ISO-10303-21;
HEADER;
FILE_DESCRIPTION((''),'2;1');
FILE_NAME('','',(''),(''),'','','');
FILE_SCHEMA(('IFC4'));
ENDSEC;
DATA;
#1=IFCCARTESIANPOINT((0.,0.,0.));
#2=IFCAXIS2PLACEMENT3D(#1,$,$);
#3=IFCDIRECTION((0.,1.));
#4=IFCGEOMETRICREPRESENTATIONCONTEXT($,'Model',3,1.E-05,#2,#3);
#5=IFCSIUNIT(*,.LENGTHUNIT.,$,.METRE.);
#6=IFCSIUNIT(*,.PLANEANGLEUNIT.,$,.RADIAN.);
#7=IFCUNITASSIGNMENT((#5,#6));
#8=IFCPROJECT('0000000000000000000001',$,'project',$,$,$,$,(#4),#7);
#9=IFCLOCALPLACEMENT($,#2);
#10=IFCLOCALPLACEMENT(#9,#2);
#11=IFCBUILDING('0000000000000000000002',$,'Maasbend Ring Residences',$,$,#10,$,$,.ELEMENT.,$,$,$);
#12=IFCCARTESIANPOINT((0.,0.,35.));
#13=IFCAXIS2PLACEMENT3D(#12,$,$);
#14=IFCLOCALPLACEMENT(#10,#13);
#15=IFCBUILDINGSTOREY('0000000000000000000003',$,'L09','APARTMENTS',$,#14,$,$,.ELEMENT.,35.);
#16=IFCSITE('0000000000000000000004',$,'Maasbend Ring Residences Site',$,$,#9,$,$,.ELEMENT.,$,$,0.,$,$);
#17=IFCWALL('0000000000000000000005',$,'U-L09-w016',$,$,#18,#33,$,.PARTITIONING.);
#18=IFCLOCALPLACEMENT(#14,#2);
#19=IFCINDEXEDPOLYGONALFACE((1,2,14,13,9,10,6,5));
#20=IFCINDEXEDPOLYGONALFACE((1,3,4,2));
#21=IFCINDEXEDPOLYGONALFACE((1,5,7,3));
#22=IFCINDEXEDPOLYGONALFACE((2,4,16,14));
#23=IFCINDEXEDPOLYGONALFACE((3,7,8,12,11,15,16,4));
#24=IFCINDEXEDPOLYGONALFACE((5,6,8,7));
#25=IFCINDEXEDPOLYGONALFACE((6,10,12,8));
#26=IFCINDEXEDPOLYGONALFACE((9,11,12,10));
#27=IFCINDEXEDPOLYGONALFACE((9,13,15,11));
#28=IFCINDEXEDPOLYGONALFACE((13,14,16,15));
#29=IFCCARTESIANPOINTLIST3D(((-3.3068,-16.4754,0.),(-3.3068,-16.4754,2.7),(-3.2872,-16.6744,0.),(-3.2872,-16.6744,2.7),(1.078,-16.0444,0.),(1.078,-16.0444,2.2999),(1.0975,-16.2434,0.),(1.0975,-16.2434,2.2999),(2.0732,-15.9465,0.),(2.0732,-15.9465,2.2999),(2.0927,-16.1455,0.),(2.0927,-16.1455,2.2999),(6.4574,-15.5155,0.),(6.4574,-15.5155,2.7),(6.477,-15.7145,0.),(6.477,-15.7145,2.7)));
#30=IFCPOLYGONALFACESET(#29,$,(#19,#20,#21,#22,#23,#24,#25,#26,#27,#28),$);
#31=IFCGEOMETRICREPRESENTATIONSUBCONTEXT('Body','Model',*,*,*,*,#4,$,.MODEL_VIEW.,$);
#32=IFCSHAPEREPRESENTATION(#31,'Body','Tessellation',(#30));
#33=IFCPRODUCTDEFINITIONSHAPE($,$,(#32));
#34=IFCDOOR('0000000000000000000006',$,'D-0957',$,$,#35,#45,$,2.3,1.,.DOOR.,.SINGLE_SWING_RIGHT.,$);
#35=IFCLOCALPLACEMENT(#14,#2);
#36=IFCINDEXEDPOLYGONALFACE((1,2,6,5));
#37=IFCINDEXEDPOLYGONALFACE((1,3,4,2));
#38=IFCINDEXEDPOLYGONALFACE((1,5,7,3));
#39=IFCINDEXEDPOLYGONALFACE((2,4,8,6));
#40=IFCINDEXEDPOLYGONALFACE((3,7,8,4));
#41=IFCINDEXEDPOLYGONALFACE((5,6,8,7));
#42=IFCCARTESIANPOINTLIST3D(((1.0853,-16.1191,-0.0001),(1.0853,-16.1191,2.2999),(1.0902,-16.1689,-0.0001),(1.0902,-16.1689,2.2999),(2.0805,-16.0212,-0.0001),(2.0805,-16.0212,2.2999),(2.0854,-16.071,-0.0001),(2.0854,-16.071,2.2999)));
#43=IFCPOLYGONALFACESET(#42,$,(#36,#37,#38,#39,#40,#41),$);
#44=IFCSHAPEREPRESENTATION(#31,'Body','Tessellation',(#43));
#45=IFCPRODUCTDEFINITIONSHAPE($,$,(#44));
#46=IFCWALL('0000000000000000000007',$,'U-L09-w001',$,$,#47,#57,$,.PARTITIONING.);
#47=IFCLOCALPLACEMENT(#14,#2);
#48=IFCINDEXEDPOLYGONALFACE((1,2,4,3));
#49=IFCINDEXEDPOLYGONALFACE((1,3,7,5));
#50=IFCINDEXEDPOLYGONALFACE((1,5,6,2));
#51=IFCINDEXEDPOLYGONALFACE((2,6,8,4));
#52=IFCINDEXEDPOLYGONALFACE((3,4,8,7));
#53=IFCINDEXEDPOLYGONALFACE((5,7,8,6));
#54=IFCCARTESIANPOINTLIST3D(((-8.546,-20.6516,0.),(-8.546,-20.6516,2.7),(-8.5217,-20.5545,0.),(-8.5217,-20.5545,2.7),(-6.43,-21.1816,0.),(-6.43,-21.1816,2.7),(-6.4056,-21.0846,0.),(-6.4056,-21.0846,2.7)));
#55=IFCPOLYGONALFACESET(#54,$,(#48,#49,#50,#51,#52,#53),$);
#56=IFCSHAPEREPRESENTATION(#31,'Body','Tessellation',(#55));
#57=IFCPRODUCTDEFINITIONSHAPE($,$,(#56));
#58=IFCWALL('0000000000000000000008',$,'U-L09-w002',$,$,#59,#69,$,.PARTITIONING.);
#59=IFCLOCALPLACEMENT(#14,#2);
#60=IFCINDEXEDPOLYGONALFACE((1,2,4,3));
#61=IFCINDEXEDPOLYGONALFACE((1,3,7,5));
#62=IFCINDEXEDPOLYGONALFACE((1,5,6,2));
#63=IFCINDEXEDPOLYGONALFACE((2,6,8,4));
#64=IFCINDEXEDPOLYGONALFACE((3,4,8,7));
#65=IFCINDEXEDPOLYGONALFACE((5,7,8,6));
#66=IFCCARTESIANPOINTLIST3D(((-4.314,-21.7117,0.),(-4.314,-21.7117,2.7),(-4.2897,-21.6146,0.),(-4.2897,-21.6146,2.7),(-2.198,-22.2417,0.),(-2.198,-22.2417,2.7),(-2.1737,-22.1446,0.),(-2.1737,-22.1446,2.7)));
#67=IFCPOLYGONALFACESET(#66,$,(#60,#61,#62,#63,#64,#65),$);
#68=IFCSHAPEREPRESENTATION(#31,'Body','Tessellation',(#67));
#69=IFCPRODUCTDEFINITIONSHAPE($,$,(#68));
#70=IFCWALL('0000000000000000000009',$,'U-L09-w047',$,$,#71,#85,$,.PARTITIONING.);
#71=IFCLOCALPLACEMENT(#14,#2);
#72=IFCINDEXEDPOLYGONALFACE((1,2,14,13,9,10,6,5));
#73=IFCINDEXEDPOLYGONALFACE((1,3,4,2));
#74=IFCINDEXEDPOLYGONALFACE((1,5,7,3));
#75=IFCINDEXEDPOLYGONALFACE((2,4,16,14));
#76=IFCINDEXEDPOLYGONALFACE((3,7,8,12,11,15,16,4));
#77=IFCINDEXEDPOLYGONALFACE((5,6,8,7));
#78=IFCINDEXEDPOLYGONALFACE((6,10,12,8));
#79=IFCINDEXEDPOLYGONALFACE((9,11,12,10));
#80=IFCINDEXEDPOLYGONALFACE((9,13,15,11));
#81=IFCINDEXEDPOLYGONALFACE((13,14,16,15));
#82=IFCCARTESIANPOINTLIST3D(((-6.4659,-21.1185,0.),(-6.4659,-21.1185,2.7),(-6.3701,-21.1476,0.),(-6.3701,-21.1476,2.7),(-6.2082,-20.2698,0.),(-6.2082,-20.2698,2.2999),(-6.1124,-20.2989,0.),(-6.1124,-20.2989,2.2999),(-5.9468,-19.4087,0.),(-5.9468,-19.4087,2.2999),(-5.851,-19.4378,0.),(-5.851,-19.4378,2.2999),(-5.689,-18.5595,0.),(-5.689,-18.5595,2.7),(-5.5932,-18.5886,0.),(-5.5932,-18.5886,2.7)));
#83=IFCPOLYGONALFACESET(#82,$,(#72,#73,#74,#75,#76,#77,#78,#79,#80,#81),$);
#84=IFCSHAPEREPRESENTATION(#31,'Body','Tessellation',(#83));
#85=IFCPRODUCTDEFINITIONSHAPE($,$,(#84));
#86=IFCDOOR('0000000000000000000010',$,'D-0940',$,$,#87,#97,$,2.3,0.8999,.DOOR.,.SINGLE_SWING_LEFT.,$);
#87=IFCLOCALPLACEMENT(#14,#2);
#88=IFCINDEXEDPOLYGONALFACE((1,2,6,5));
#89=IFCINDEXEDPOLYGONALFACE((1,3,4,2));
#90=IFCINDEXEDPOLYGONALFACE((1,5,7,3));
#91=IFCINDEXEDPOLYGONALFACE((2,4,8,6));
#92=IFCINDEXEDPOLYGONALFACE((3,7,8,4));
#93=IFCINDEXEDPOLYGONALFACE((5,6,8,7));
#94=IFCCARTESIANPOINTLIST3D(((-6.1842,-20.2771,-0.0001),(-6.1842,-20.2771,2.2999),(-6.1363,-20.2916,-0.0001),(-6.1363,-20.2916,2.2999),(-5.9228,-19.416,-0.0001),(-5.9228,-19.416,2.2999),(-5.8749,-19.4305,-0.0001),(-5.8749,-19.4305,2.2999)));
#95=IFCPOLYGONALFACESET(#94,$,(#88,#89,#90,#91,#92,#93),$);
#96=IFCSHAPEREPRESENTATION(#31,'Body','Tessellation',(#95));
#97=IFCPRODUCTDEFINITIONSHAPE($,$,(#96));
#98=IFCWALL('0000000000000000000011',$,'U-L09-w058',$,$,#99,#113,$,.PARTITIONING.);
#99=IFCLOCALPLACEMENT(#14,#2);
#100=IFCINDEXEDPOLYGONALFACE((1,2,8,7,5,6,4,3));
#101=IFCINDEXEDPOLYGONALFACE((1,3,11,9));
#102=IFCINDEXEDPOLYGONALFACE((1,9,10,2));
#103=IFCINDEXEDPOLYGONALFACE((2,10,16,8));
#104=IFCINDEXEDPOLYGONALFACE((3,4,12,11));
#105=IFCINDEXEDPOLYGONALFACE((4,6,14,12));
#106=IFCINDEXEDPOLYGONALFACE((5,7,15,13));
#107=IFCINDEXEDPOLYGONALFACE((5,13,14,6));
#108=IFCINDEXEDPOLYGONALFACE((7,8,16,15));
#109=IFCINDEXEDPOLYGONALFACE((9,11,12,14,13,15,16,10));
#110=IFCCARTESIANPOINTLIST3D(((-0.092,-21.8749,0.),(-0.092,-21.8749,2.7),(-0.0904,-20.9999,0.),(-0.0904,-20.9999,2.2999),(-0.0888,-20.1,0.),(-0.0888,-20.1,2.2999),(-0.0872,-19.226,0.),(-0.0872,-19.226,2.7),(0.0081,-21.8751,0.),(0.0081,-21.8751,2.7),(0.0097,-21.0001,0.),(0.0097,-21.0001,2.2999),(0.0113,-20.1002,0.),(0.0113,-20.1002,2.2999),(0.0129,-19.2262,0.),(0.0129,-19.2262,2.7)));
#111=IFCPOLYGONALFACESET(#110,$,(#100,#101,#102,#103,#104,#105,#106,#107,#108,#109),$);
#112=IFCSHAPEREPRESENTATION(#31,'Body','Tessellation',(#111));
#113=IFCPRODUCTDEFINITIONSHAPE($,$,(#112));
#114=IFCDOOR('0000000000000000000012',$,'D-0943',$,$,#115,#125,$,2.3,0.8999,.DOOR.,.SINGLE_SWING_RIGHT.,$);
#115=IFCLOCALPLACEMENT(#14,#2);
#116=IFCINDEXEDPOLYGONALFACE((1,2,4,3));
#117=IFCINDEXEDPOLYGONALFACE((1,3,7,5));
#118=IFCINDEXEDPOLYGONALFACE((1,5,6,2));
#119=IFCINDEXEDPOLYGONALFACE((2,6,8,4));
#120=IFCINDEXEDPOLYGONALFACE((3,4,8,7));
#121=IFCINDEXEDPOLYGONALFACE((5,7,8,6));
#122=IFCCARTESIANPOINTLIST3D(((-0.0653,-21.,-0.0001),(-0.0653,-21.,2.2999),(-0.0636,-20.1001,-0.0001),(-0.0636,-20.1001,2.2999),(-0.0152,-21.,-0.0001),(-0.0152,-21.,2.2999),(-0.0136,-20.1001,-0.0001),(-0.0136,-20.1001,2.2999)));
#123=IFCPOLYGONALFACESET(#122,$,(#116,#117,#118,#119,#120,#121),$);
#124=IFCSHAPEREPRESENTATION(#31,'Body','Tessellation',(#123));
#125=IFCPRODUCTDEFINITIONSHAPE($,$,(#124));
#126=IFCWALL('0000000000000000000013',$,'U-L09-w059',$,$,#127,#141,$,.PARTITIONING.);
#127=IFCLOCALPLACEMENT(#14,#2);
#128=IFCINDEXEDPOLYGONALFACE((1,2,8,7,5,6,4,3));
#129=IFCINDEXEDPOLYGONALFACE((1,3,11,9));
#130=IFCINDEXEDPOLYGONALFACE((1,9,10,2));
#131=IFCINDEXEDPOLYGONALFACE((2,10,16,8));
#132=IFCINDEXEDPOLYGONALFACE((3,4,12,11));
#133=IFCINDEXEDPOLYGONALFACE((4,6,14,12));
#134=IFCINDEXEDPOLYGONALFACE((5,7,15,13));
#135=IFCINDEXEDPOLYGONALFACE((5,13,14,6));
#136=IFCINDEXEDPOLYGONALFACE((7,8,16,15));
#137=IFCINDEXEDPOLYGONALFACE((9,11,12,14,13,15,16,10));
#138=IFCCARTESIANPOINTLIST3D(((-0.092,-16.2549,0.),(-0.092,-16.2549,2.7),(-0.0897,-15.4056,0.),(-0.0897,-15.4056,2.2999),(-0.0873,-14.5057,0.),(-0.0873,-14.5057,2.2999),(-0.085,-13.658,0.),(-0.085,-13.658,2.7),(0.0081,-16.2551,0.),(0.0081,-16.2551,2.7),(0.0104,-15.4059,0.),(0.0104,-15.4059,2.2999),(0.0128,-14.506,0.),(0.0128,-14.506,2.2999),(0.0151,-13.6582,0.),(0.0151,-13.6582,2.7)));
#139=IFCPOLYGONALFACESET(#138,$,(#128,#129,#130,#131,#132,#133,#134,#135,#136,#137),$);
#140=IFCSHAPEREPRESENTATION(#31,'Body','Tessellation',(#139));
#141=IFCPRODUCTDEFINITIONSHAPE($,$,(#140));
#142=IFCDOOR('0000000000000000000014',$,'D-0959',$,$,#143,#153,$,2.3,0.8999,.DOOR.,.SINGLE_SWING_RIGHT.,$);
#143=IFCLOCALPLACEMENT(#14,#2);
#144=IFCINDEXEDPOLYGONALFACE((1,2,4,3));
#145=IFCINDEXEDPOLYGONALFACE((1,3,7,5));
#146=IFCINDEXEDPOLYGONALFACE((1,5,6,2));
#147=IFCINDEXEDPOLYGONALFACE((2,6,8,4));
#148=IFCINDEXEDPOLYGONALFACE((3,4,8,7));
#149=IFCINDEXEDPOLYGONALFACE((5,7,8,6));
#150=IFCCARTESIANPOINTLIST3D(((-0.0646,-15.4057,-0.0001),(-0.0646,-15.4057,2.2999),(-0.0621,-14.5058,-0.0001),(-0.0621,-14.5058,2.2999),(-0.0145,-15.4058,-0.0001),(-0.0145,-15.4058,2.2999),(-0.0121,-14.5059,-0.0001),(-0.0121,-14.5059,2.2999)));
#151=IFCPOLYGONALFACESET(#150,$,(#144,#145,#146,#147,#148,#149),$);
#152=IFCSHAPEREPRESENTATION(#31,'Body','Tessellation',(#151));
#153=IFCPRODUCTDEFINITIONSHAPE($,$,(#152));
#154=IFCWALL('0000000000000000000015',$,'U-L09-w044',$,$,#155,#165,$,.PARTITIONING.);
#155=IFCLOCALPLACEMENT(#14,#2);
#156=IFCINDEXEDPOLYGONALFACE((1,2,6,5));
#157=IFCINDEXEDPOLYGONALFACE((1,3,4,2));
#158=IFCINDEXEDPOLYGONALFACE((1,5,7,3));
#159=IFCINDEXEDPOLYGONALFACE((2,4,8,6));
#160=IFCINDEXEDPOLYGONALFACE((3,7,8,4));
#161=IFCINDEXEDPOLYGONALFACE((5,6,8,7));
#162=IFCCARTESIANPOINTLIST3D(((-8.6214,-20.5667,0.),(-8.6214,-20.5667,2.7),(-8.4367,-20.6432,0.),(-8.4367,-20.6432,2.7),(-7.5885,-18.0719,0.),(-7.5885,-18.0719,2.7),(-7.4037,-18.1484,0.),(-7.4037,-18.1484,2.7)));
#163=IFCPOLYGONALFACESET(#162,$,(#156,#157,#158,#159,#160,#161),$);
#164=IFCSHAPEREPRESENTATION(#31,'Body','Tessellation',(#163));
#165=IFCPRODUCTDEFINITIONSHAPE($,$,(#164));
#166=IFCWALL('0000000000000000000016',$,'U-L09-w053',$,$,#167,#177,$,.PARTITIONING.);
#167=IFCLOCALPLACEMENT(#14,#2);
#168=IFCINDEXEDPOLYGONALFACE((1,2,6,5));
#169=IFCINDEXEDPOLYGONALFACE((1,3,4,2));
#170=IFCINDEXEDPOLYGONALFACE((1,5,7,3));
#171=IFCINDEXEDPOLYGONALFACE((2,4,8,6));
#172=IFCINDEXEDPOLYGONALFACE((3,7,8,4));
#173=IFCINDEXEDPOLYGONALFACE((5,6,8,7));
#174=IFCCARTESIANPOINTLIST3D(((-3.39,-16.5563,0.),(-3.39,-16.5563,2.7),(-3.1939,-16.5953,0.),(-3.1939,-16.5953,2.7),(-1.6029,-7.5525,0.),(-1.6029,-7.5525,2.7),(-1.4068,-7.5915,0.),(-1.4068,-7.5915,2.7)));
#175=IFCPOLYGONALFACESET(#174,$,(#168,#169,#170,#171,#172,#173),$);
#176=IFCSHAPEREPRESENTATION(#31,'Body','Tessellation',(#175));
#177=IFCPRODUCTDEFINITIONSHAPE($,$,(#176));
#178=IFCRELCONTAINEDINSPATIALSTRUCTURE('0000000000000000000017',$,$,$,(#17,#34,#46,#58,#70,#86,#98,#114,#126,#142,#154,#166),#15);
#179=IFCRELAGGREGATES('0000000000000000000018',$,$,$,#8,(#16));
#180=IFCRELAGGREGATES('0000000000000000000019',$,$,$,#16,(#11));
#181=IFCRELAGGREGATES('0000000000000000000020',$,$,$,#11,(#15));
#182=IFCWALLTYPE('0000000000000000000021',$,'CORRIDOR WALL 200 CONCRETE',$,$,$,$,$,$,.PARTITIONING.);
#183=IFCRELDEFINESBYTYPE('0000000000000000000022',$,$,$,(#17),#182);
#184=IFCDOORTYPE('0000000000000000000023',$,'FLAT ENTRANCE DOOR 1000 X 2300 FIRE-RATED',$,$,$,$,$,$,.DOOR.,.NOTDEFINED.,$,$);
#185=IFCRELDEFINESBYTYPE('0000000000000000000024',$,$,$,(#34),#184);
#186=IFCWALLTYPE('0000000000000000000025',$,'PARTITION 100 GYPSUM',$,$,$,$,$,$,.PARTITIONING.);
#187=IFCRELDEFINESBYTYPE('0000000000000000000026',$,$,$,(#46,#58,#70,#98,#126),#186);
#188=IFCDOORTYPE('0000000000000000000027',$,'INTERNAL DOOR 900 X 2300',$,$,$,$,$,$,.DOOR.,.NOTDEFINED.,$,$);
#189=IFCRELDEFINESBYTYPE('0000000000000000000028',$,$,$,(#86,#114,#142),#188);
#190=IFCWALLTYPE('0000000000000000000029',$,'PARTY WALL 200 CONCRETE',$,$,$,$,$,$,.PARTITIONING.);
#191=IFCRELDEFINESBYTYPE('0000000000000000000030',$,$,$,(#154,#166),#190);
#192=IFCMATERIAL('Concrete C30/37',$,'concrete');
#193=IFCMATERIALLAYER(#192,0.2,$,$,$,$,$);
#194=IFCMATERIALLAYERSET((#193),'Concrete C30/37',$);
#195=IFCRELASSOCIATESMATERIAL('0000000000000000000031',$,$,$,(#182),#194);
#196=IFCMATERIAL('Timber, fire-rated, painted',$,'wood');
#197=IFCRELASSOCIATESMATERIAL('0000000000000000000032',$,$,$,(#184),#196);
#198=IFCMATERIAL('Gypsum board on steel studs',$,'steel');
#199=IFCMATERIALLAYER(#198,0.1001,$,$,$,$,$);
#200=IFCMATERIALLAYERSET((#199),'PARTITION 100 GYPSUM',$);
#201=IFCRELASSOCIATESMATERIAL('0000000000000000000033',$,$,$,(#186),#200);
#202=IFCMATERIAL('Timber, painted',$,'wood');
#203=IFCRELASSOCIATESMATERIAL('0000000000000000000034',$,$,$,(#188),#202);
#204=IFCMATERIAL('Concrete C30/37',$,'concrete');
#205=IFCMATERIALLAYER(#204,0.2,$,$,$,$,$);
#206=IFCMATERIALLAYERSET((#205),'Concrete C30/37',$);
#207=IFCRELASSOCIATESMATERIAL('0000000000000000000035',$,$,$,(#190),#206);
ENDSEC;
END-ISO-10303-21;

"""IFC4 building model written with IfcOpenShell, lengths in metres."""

from ifc_helpers import new_model, si_unit, direction, frame, frame_2d, origin, place, context, subcontext, project, spatial, rectangle, extrude, material, layer, layer_set, type_object, element, fill, save


model = new_model("IFC4")

# Units and contexts
model_context = context("Model", 3, precision=1e-05, world=origin(), true_north=direction((0.0, 1.0)))
body_context = subcontext(model_context, "Body", "Model", "MODEL_VIEW")
ifc_project = project(units=[si_unit("LENGTHUNIT", "METRE"), si_unit("PLANEANGLEUNIT", "RADIAN")], contexts=[model_context])

# Site, building, storey
site_placement = place(None, origin())
site = spatial("IfcSite", under=ifc_project, at=site_placement, Name="Maasbend Ring Residences Site", CompositionType="ELEMENT", RefElevation=0.0)
building_placement = place(site_placement, origin())
building = spatial("IfcBuilding", under=site, at=building_placement, Name="Maasbend Ring Residences", CompositionType="ELEMENT")
storey_placement = place(building_placement, frame((0.0, 0.0, 35.0)))
storey = spatial("IfcBuildingStorey", under=building, at=storey_placement, Name="L09", Description="APARTMENTS", CompositionType="ELEMENT", Elevation=35.0)

# Shared definitions
ifc_material_1 = material(Name="Concrete C30/37", Category="concrete")
ifc_layer_1 = layer(ifc_material_1, 0.2)
ifc_layer_set_1 = layer_set([ifc_layer_1], Name="Concrete C30/37")
wall_type_1 = type_object("IfcWallType", Name="CORRIDOR WALL 200 CONCRETE", PredefinedType="PARTITIONING", material=ifc_layer_set_1)
ifc_material_2 = material(Name="Timber, fire-rated, painted", Category="wood")
door_type_1 = type_object("IfcDoorType", Name="FLAT ENTRANCE DOOR 1000 X 2300 FIRE-RATED", OperationType="NOTDEFINED", PredefinedType="DOOR", material=ifc_material_2)

# Wall, opening, door
wall_1_placement = place(storey_placement, frame((-3.2971, -16.575, 0.0), z_axis=(0.0, 0.0, 1.0), x_axis=(0.995202, 0.097843, 0.0)))
wall_1 = element("IfcWall", 1, at=wall_1_placement, inside=storey, type_object=wall_type_1, Name="U-L09-w016", PredefinedType="PARTITIONING", context=body_context, shape_type="SweptSolid", body=[
    extrude(rectangle(XDim=9.8113, YDim=0.2, at=frame_2d((4.9058, 0.0))), origin(), (0.0, 0.0, 1.0), 2.7),
])
opening_1_placement = place(wall_1_placement, frame((4.406, 0.0, 0.0)))
opening_1 = element("IfcOpeningElement", 2, at=opening_1_placement, cuts=wall_1, PredefinedType="OPENING", context=body_context, shape_type="SweptSolid", body=[
    extrude(rectangle(XDim=1.0, YDim=2.3, at=frame_2d((0.5, 1.1499))), frame((0.0, 0.1099, 0.0), z_axis=(0.0, -1.0, 0.0), x_axis=(1.0, 0.0, 0.0)), (0.0, 0.0, 1.0), 0.22),
])
door_1_placement = place(opening_1_placement, origin())
door_1 = element("IfcDoor", 3, at=door_1_placement, inside=storey, type_object=door_type_1, Name="D-0957", OperationType="SINGLE_SWING_RIGHT", OverallHeight=2.3, OverallWidth=1.0, PredefinedType="DOOR", context=body_context, shape_type="SweptSolid", body=[
    extrude(rectangle(XDim=1.0, YDim=2.3, at=frame_2d((0.5, 1.1499))), frame((0.0, 0.0249, 0.0), z_axis=(0.0, -1.0, 0.0), x_axis=(1.0, 0.0, 0.0)), (0.0, 0.0, 1.0), 0.05),
])
fill(opening_1, door_1)

# Walls
ifc_material_3 = material(Name="Gypsum board on steel studs", Category="steel")
ifc_layer_2 = layer(ifc_material_3, 0.1001)
ifc_layer_set_2 = layer_set([ifc_layer_2], Name="PARTITION 100 GYPSUM")
wall_type_2 = type_object("IfcWallType", Name="PARTITION 100 GYPSUM", PredefinedType="PARTITIONING", material=ifc_layer_set_2)
for number, where, z_axis, x_axis, name in (
    (4, (-8.5339, -20.603, 0.0), (0.0, 0.0, 1.0), (0.97003, -0.242983, 0.0), "U-L09-w001"),
    (5, (-4.302, -21.6631, 0.0), (0.0, 0.0, 1.0), (0.97003, -0.242983, 0.0), "U-L09-w002"),
):
    element("IfcWall", number, at=place(storey_placement, frame(where, z_axis=z_axis, x_axis=x_axis)), inside=storey, type_object=wall_type_2, Name=name, PredefinedType="PARTITIONING", context=body_context, shape_type="SweptSolid", body=[
        extrude(rectangle(XDim=2.1814, YDim=0.1001, at=frame_2d((1.0908, 0.0))), origin(), (0.0, 0.0, 1.0), 2.7),
    ])

# Walls, openings, doors
wall_2_placement = place(storey_placement, frame((-6.418, -21.1331, 0.0), z_axis=(0.0, 0.0, 1.0), x_axis=(0.290479, 0.956881, 0.0)))
wall_2 = element("IfcWall", 6, at=wall_2_placement, inside=storey, type_object=wall_type_2, Name="U-L09-w047", PredefinedType="PARTITIONING", context=body_context, shape_type="SweptSolid", body=[
    extrude(rectangle(XDim=2.6743, YDim=0.1001, at=frame_2d((1.3372, 0.0))), origin(), (0.0, 0.0, 1.0), 2.7),
])
opening_2_placement = place(wall_2_placement, frame((0.887, 0.0, 0.0)))
opening_2 = element("IfcOpeningElement", 7, at=opening_2_placement, cuts=wall_2, PredefinedType="OPENING", context=body_context, shape_type="SweptSolid", body=[
    extrude(rectangle(XDim=0.8999, YDim=2.3, at=frame_2d((0.45, 1.1499))), frame((0.0, 0.0601, 0.0), z_axis=(0.0, -1.0, 0.0), x_axis=(1.0, 0.0, 0.0)), (0.0, 0.0, 1.0), 0.1201),
])
ifc_material_4 = material(Name="Timber, painted", Category="wood")
door_type_2 = type_object("IfcDoorType", Name="INTERNAL DOOR 900 X 2300", OperationType="NOTDEFINED", PredefinedType="DOOR", material=ifc_material_4)
door_2_placement = place(opening_2_placement, origin())
door_2 = element("IfcDoor", 8, at=door_2_placement, inside=storey, type_object=door_type_2, Name="D-0940", OperationType="SINGLE_SWING_LEFT", OverallHeight=2.3, OverallWidth=0.8999, PredefinedType="DOOR", context=body_context, shape_type="SweptSolid", body=[
    extrude(rectangle(XDim=0.8999, YDim=2.3, at=frame_2d((0.45, 1.1499))), frame((0.0, 0.0249, 0.0), z_axis=(0.0, -1.0, 0.0), x_axis=(1.0, 0.0, 0.0)), (0.0, 0.0, 1.0), 0.05),
])
fill(opening_2, door_2)
wall_3_placement = place(storey_placement, frame((-0.042, -21.875, 0.0), z_axis=(0.0, 0.0, 1.0), x_axis=(0.001843, 0.999998, 0.0)))
wall_3 = element("IfcWall", 9, at=wall_3_placement, inside=storey, type_object=wall_type_2, Name="U-L09-w058", PredefinedType="PARTITIONING", context=body_context, shape_type="SweptSolid", body=[
    extrude(rectangle(XDim=2.6489, YDim=0.1001, at=frame_2d((1.3245, 0.0))), origin(), (0.0, 0.0, 1.0), 2.7),
])
opening_3_placement = place(wall_3_placement, frame((0.875, 0.0, 0.0)))
opening_3 = element("IfcOpeningElement", 10, at=opening_3_placement, cuts=wall_3, PredefinedType="OPENING", context=body_context, shape_type="SweptSolid", body=[
    extrude(rectangle(XDim=0.8999, YDim=2.3, at=frame_2d((0.45, 1.1499))), frame((0.0, 0.0601, 0.0), z_axis=(0.0, -1.0, 0.0), x_axis=(1.0, 0.0, 0.0)), (0.0, 0.0, 1.0), 0.1201),
])
door_3_placement = place(opening_3_placement, origin())
door_3 = element("IfcDoor", 11, at=door_3_placement, inside=storey, type_object=door_type_2, Name="D-0943", OperationType="SINGLE_SWING_RIGHT", OverallHeight=2.3, OverallWidth=0.8999, PredefinedType="DOOR", context=body_context, shape_type="SweptSolid", body=[
    extrude(rectangle(XDim=0.8999, YDim=2.3, at=frame_2d((0.45, 1.1499))), frame((0.0, 0.0249, 0.0), z_axis=(0.0, -1.0, 0.0), x_axis=(1.0, 0.0, 0.0)), (0.0, 0.0, 1.0), 0.05),
])
fill(opening_3, door_3)
wall_4_placement = place(storey_placement, frame((-0.042, -16.2549, 0.0), z_axis=(0.0, 0.0, 1.0), x_axis=(0.002726, 0.999996, 0.0)))
wall_4 = element("IfcWall", 12, at=wall_4_placement, inside=storey, type_object=wall_type_2, Name="U-L09-w059", PredefinedType="PARTITIONING", context=body_context, shape_type="SweptSolid", body=[
    extrude(rectangle(XDim=2.5969, YDim=0.1001, at=frame_2d((1.2983, 0.0))), origin(), (0.0, 0.0, 1.0), 2.7),
])
opening_4_placement = place(wall_4_placement, frame((0.8491, 0.0, 0.0)))
opening_4 = element("IfcOpeningElement", 13, at=opening_4_placement, cuts=wall_4, PredefinedType="OPENING", context=body_context, shape_type="SweptSolid", body=[
    extrude(rectangle(XDim=0.8999, YDim=2.3, at=frame_2d((0.45, 1.1499))), frame((0.0, 0.0601, 0.0), z_axis=(0.0, -1.0, 0.0), x_axis=(1.0, 0.0, 0.0)), (0.0, 0.0, 1.0), 0.1201),
])
door_4_placement = place(opening_4_placement, origin())
door_4 = element("IfcDoor", 14, at=door_4_placement, inside=storey, type_object=door_type_2, Name="D-0959", OperationType="SINGLE_SWING_RIGHT", OverallHeight=2.3, OverallWidth=0.8999, PredefinedType="DOOR", context=body_context, shape_type="SweptSolid", body=[
    extrude(rectangle(XDim=0.8999, YDim=2.3, at=frame_2d((0.45, 1.1499))), frame((0.0, 0.0249, 0.0), z_axis=(0.0, -1.0, 0.0), x_axis=(1.0, 0.0, 0.0)), (0.0, 0.0, 1.0), 0.05),
])
fill(opening_4, door_4)

# Walls
ifc_material_5 = material(Name="Concrete C30/37", Category="concrete")
ifc_layer_3 = layer(ifc_material_5, 0.2)
ifc_layer_set_3 = layer_set([ifc_layer_3], Name="Concrete C30/37")
wall_type_3 = type_object("IfcWallType", Name="PARTY WALL 200 CONCRETE", PredefinedType="PARTITIONING", material=ifc_layer_set_3)
wall_5_placement = place(storey_placement, frame((-8.5291, -20.605, 0.0), z_axis=(0.0, 0.0, 1.0), x_axis=(0.382541, 0.923939, 0.0)))
element("IfcWall", 15, at=wall_5_placement, inside=storey, type_object=wall_type_3, Name="U-L09-w044", PredefinedType="PARTITIONING", context=body_context, shape_type="SweptSolid", body=[
    extrude(rectangle(XDim=2.7002, YDim=0.2, at=frame_2d((1.3501, 0.0))), origin(), (0.0, 0.0, 1.0), 2.7),
])
wall_6_placement = place(storey_placement, frame((-3.292, -16.5759, 0.0), z_axis=(0.0, 0.0, 1.0), x_axis=(0.194684, 0.980866, 0.0)))
element("IfcWall", 16, at=wall_6_placement, inside=storey, type_object=wall_type_3, Name="U-L09-w053", PredefinedType="PARTITIONING", context=body_context, shape_type="SweptSolid", body=[
    extrude(rectangle(XDim=9.1794, YDim=0.2, at=frame_2d((4.5898, 0.0))), origin(), (0.0, 0.0, 1.0), 2.7),
])

save(model, "model.ifc")
